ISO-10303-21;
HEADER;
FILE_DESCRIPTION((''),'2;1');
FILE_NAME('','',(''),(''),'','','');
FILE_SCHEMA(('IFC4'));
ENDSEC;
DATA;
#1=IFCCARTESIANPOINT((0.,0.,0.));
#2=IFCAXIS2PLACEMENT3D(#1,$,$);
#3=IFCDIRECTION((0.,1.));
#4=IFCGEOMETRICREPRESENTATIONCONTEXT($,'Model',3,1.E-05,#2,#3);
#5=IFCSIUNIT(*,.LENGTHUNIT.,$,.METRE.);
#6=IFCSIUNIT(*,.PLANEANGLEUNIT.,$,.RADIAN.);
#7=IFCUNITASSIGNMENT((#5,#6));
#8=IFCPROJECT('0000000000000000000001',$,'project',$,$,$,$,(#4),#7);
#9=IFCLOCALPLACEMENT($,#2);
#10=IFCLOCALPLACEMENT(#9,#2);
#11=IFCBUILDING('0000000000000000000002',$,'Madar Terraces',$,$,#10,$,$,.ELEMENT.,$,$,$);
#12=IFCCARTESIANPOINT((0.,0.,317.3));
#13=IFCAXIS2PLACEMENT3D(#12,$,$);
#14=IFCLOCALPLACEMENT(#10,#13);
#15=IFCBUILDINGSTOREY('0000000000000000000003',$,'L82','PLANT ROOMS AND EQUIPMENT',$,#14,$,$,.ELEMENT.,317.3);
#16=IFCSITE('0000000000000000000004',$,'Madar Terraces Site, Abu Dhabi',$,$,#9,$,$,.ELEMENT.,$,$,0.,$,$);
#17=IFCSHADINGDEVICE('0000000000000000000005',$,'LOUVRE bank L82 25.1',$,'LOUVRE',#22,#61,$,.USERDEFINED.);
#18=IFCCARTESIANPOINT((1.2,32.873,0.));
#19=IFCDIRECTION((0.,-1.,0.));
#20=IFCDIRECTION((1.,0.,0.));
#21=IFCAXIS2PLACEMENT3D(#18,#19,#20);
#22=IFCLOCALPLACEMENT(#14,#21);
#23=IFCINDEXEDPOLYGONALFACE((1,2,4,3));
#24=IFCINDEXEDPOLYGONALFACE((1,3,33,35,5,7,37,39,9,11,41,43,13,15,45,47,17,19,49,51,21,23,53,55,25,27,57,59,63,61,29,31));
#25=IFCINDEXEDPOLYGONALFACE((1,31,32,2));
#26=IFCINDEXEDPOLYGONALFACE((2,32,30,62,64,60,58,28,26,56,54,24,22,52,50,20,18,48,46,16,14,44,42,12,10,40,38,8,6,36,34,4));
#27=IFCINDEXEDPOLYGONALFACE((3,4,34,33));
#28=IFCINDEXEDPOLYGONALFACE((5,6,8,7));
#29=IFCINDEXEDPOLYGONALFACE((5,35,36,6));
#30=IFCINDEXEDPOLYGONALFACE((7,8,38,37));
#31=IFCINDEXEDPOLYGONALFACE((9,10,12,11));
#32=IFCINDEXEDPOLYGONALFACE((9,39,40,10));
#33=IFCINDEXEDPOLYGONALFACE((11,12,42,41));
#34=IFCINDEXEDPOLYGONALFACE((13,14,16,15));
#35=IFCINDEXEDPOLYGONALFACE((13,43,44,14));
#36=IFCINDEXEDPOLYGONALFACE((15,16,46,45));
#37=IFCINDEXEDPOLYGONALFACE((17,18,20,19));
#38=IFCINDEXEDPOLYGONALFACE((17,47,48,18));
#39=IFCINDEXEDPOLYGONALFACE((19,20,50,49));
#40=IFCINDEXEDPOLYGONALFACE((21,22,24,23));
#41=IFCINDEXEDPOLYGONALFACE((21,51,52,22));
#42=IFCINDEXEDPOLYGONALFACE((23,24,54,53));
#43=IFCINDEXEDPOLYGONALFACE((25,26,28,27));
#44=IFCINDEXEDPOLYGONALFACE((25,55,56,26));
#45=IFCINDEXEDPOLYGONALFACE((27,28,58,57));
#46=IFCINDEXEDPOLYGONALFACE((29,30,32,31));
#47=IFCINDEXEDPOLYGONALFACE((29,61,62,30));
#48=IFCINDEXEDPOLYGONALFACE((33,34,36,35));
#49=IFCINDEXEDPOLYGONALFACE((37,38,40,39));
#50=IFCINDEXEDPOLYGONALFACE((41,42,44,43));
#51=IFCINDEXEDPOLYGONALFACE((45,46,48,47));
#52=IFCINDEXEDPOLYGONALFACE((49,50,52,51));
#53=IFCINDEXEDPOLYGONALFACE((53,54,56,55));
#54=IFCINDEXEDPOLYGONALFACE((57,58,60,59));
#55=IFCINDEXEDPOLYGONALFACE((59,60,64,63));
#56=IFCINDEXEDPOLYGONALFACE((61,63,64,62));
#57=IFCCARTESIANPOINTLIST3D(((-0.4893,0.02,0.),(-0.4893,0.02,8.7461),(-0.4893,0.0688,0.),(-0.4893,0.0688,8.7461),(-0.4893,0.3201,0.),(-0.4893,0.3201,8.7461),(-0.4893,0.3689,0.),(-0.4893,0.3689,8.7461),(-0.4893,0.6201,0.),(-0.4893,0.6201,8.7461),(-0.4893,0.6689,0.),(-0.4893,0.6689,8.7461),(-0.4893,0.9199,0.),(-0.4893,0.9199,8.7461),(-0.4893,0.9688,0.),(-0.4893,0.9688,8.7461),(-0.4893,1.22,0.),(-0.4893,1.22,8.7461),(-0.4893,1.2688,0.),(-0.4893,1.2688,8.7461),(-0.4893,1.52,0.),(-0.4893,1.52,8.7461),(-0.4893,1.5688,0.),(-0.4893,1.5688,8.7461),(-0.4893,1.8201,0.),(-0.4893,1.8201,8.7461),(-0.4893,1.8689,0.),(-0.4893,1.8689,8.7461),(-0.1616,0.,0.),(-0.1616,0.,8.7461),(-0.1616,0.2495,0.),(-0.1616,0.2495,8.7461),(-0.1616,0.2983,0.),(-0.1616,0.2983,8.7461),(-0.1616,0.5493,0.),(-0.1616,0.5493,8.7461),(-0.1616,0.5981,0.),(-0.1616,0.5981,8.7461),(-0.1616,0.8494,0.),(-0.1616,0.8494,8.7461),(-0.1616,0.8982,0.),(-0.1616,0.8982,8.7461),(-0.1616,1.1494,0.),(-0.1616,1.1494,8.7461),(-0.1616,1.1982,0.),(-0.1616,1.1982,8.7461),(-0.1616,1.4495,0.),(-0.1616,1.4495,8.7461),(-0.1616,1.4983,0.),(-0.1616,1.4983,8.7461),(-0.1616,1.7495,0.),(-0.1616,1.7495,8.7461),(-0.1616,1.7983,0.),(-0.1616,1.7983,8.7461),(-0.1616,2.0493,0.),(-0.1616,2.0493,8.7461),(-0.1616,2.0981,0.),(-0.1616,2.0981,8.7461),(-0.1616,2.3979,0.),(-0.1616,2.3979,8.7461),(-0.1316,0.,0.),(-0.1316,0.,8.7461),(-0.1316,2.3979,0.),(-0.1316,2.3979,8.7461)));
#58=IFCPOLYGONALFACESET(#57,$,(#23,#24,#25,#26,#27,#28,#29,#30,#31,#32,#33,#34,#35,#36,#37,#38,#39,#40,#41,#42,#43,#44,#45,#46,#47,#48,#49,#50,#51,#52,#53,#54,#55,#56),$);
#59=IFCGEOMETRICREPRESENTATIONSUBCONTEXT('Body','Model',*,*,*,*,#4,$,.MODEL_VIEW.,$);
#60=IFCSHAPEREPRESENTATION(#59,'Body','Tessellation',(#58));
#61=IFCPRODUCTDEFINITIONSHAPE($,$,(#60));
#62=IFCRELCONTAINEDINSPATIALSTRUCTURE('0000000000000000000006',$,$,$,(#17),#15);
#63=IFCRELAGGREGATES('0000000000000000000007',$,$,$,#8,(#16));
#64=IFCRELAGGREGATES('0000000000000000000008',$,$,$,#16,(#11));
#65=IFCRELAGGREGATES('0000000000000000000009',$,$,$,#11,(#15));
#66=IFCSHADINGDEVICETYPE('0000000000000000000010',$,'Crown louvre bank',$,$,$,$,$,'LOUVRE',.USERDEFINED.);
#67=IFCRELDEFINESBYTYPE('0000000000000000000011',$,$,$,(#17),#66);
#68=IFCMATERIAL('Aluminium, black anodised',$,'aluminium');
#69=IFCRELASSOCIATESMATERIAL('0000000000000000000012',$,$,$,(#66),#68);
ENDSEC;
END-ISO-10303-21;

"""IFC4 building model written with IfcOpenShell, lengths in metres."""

from ifc_helpers import new_model, si_unit, direction, frame, origin, place, context, subcontext, project, spatial, polyline, outline, extrude, material, type_object, element, save


model = new_model("IFC4")

# Units and contexts
model_context = context("Model", 3, precision=1e-05, world=origin(), true_north=direction((0.0, 1.0)))
body_context = subcontext(model_context, "Body", "Model", "MODEL_VIEW")
ifc_project = project(units=[si_unit("LENGTHUNIT", "METRE"), si_unit("PLANEANGLEUNIT", "RADIAN")], contexts=[model_context])

# Site, building, storey
site_placement = place(None, origin())
site = spatial("IfcSite", under=ifc_project, at=site_placement, Name="Madar Terraces Site, Abu Dhabi", CompositionType="ELEMENT", RefElevation=0.0)
building_placement = place(site_placement, origin())
building = spatial("IfcBuilding", under=site, at=building_placement, Name="Madar Terraces", CompositionType="ELEMENT")
storey_placement = place(building_placement, frame((0.0, 0.0, 317.3)))
storey = spatial("IfcBuildingStorey", under=building, at=storey_placement, Name="L82", Description="PLANT ROOMS AND EQUIPMENT", CompositionType="ELEMENT", Elevation=317.3)

# Shading device
ifc_material_1 = material(Name="Aluminium, black anodised", Category="aluminium")
shading_device_type = type_object("IfcShadingDeviceType", Name="Crown louvre bank", ElementType="LOUVRE", PredefinedType="USERDEFINED", material=ifc_material_1)
shading_device_placement = place(storey_placement, frame((1.2, 32.873, 0.0), z_axis=(0.0, -1.0, 0.0), x_axis=(1.0, 0.0, 0.0)))
element("IfcShadingDevice", 1, at=shading_device_placement, inside=storey, type_object=shading_device_type, Name="LOUVRE bank L82 25.1", ObjectType="LOUVRE", PredefinedType="USERDEFINED", context=body_context, shape_type="SweptSolid", body=[
    extrude(outline(polyline([(-0.1316, 0.0), (-0.1616, 0.0), (-0.1616, 0.2495), (-0.4893, 0.02), (-0.4893, 0.0688), (-0.1616, 0.2983), (-0.1616, 0.5493), (-0.4893, 0.3201), (-0.4893, 0.3689), (-0.1616, 0.5981), (-0.1616, 0.8494), (-0.4893, 0.6201), (-0.4893, 0.6689), (-0.1616, 0.8982), (-0.1616, 1.1494), (-0.4893, 0.9199), (-0.4893, 0.9688), (-0.1616, 1.1982), (-0.1616, 1.4495), (-0.4893, 1.22), (-0.4893, 1.2688), (-0.1616, 1.4983), (-0.1616, 1.7495), (-0.4893, 1.52), (-0.4893, 1.5688), (-0.1616, 1.7983), (-0.1616, 2.0493), (-0.4893, 1.8201), (-0.4893, 1.8689), (-0.1616, 2.0981), (-0.1616, 2.3979), (-0.1316, 2.3979), (-0.1316, 0.0)])), origin(), (0.0, 0.0, 1.0), 8.7461),
])

save(model, "model.ifc")
